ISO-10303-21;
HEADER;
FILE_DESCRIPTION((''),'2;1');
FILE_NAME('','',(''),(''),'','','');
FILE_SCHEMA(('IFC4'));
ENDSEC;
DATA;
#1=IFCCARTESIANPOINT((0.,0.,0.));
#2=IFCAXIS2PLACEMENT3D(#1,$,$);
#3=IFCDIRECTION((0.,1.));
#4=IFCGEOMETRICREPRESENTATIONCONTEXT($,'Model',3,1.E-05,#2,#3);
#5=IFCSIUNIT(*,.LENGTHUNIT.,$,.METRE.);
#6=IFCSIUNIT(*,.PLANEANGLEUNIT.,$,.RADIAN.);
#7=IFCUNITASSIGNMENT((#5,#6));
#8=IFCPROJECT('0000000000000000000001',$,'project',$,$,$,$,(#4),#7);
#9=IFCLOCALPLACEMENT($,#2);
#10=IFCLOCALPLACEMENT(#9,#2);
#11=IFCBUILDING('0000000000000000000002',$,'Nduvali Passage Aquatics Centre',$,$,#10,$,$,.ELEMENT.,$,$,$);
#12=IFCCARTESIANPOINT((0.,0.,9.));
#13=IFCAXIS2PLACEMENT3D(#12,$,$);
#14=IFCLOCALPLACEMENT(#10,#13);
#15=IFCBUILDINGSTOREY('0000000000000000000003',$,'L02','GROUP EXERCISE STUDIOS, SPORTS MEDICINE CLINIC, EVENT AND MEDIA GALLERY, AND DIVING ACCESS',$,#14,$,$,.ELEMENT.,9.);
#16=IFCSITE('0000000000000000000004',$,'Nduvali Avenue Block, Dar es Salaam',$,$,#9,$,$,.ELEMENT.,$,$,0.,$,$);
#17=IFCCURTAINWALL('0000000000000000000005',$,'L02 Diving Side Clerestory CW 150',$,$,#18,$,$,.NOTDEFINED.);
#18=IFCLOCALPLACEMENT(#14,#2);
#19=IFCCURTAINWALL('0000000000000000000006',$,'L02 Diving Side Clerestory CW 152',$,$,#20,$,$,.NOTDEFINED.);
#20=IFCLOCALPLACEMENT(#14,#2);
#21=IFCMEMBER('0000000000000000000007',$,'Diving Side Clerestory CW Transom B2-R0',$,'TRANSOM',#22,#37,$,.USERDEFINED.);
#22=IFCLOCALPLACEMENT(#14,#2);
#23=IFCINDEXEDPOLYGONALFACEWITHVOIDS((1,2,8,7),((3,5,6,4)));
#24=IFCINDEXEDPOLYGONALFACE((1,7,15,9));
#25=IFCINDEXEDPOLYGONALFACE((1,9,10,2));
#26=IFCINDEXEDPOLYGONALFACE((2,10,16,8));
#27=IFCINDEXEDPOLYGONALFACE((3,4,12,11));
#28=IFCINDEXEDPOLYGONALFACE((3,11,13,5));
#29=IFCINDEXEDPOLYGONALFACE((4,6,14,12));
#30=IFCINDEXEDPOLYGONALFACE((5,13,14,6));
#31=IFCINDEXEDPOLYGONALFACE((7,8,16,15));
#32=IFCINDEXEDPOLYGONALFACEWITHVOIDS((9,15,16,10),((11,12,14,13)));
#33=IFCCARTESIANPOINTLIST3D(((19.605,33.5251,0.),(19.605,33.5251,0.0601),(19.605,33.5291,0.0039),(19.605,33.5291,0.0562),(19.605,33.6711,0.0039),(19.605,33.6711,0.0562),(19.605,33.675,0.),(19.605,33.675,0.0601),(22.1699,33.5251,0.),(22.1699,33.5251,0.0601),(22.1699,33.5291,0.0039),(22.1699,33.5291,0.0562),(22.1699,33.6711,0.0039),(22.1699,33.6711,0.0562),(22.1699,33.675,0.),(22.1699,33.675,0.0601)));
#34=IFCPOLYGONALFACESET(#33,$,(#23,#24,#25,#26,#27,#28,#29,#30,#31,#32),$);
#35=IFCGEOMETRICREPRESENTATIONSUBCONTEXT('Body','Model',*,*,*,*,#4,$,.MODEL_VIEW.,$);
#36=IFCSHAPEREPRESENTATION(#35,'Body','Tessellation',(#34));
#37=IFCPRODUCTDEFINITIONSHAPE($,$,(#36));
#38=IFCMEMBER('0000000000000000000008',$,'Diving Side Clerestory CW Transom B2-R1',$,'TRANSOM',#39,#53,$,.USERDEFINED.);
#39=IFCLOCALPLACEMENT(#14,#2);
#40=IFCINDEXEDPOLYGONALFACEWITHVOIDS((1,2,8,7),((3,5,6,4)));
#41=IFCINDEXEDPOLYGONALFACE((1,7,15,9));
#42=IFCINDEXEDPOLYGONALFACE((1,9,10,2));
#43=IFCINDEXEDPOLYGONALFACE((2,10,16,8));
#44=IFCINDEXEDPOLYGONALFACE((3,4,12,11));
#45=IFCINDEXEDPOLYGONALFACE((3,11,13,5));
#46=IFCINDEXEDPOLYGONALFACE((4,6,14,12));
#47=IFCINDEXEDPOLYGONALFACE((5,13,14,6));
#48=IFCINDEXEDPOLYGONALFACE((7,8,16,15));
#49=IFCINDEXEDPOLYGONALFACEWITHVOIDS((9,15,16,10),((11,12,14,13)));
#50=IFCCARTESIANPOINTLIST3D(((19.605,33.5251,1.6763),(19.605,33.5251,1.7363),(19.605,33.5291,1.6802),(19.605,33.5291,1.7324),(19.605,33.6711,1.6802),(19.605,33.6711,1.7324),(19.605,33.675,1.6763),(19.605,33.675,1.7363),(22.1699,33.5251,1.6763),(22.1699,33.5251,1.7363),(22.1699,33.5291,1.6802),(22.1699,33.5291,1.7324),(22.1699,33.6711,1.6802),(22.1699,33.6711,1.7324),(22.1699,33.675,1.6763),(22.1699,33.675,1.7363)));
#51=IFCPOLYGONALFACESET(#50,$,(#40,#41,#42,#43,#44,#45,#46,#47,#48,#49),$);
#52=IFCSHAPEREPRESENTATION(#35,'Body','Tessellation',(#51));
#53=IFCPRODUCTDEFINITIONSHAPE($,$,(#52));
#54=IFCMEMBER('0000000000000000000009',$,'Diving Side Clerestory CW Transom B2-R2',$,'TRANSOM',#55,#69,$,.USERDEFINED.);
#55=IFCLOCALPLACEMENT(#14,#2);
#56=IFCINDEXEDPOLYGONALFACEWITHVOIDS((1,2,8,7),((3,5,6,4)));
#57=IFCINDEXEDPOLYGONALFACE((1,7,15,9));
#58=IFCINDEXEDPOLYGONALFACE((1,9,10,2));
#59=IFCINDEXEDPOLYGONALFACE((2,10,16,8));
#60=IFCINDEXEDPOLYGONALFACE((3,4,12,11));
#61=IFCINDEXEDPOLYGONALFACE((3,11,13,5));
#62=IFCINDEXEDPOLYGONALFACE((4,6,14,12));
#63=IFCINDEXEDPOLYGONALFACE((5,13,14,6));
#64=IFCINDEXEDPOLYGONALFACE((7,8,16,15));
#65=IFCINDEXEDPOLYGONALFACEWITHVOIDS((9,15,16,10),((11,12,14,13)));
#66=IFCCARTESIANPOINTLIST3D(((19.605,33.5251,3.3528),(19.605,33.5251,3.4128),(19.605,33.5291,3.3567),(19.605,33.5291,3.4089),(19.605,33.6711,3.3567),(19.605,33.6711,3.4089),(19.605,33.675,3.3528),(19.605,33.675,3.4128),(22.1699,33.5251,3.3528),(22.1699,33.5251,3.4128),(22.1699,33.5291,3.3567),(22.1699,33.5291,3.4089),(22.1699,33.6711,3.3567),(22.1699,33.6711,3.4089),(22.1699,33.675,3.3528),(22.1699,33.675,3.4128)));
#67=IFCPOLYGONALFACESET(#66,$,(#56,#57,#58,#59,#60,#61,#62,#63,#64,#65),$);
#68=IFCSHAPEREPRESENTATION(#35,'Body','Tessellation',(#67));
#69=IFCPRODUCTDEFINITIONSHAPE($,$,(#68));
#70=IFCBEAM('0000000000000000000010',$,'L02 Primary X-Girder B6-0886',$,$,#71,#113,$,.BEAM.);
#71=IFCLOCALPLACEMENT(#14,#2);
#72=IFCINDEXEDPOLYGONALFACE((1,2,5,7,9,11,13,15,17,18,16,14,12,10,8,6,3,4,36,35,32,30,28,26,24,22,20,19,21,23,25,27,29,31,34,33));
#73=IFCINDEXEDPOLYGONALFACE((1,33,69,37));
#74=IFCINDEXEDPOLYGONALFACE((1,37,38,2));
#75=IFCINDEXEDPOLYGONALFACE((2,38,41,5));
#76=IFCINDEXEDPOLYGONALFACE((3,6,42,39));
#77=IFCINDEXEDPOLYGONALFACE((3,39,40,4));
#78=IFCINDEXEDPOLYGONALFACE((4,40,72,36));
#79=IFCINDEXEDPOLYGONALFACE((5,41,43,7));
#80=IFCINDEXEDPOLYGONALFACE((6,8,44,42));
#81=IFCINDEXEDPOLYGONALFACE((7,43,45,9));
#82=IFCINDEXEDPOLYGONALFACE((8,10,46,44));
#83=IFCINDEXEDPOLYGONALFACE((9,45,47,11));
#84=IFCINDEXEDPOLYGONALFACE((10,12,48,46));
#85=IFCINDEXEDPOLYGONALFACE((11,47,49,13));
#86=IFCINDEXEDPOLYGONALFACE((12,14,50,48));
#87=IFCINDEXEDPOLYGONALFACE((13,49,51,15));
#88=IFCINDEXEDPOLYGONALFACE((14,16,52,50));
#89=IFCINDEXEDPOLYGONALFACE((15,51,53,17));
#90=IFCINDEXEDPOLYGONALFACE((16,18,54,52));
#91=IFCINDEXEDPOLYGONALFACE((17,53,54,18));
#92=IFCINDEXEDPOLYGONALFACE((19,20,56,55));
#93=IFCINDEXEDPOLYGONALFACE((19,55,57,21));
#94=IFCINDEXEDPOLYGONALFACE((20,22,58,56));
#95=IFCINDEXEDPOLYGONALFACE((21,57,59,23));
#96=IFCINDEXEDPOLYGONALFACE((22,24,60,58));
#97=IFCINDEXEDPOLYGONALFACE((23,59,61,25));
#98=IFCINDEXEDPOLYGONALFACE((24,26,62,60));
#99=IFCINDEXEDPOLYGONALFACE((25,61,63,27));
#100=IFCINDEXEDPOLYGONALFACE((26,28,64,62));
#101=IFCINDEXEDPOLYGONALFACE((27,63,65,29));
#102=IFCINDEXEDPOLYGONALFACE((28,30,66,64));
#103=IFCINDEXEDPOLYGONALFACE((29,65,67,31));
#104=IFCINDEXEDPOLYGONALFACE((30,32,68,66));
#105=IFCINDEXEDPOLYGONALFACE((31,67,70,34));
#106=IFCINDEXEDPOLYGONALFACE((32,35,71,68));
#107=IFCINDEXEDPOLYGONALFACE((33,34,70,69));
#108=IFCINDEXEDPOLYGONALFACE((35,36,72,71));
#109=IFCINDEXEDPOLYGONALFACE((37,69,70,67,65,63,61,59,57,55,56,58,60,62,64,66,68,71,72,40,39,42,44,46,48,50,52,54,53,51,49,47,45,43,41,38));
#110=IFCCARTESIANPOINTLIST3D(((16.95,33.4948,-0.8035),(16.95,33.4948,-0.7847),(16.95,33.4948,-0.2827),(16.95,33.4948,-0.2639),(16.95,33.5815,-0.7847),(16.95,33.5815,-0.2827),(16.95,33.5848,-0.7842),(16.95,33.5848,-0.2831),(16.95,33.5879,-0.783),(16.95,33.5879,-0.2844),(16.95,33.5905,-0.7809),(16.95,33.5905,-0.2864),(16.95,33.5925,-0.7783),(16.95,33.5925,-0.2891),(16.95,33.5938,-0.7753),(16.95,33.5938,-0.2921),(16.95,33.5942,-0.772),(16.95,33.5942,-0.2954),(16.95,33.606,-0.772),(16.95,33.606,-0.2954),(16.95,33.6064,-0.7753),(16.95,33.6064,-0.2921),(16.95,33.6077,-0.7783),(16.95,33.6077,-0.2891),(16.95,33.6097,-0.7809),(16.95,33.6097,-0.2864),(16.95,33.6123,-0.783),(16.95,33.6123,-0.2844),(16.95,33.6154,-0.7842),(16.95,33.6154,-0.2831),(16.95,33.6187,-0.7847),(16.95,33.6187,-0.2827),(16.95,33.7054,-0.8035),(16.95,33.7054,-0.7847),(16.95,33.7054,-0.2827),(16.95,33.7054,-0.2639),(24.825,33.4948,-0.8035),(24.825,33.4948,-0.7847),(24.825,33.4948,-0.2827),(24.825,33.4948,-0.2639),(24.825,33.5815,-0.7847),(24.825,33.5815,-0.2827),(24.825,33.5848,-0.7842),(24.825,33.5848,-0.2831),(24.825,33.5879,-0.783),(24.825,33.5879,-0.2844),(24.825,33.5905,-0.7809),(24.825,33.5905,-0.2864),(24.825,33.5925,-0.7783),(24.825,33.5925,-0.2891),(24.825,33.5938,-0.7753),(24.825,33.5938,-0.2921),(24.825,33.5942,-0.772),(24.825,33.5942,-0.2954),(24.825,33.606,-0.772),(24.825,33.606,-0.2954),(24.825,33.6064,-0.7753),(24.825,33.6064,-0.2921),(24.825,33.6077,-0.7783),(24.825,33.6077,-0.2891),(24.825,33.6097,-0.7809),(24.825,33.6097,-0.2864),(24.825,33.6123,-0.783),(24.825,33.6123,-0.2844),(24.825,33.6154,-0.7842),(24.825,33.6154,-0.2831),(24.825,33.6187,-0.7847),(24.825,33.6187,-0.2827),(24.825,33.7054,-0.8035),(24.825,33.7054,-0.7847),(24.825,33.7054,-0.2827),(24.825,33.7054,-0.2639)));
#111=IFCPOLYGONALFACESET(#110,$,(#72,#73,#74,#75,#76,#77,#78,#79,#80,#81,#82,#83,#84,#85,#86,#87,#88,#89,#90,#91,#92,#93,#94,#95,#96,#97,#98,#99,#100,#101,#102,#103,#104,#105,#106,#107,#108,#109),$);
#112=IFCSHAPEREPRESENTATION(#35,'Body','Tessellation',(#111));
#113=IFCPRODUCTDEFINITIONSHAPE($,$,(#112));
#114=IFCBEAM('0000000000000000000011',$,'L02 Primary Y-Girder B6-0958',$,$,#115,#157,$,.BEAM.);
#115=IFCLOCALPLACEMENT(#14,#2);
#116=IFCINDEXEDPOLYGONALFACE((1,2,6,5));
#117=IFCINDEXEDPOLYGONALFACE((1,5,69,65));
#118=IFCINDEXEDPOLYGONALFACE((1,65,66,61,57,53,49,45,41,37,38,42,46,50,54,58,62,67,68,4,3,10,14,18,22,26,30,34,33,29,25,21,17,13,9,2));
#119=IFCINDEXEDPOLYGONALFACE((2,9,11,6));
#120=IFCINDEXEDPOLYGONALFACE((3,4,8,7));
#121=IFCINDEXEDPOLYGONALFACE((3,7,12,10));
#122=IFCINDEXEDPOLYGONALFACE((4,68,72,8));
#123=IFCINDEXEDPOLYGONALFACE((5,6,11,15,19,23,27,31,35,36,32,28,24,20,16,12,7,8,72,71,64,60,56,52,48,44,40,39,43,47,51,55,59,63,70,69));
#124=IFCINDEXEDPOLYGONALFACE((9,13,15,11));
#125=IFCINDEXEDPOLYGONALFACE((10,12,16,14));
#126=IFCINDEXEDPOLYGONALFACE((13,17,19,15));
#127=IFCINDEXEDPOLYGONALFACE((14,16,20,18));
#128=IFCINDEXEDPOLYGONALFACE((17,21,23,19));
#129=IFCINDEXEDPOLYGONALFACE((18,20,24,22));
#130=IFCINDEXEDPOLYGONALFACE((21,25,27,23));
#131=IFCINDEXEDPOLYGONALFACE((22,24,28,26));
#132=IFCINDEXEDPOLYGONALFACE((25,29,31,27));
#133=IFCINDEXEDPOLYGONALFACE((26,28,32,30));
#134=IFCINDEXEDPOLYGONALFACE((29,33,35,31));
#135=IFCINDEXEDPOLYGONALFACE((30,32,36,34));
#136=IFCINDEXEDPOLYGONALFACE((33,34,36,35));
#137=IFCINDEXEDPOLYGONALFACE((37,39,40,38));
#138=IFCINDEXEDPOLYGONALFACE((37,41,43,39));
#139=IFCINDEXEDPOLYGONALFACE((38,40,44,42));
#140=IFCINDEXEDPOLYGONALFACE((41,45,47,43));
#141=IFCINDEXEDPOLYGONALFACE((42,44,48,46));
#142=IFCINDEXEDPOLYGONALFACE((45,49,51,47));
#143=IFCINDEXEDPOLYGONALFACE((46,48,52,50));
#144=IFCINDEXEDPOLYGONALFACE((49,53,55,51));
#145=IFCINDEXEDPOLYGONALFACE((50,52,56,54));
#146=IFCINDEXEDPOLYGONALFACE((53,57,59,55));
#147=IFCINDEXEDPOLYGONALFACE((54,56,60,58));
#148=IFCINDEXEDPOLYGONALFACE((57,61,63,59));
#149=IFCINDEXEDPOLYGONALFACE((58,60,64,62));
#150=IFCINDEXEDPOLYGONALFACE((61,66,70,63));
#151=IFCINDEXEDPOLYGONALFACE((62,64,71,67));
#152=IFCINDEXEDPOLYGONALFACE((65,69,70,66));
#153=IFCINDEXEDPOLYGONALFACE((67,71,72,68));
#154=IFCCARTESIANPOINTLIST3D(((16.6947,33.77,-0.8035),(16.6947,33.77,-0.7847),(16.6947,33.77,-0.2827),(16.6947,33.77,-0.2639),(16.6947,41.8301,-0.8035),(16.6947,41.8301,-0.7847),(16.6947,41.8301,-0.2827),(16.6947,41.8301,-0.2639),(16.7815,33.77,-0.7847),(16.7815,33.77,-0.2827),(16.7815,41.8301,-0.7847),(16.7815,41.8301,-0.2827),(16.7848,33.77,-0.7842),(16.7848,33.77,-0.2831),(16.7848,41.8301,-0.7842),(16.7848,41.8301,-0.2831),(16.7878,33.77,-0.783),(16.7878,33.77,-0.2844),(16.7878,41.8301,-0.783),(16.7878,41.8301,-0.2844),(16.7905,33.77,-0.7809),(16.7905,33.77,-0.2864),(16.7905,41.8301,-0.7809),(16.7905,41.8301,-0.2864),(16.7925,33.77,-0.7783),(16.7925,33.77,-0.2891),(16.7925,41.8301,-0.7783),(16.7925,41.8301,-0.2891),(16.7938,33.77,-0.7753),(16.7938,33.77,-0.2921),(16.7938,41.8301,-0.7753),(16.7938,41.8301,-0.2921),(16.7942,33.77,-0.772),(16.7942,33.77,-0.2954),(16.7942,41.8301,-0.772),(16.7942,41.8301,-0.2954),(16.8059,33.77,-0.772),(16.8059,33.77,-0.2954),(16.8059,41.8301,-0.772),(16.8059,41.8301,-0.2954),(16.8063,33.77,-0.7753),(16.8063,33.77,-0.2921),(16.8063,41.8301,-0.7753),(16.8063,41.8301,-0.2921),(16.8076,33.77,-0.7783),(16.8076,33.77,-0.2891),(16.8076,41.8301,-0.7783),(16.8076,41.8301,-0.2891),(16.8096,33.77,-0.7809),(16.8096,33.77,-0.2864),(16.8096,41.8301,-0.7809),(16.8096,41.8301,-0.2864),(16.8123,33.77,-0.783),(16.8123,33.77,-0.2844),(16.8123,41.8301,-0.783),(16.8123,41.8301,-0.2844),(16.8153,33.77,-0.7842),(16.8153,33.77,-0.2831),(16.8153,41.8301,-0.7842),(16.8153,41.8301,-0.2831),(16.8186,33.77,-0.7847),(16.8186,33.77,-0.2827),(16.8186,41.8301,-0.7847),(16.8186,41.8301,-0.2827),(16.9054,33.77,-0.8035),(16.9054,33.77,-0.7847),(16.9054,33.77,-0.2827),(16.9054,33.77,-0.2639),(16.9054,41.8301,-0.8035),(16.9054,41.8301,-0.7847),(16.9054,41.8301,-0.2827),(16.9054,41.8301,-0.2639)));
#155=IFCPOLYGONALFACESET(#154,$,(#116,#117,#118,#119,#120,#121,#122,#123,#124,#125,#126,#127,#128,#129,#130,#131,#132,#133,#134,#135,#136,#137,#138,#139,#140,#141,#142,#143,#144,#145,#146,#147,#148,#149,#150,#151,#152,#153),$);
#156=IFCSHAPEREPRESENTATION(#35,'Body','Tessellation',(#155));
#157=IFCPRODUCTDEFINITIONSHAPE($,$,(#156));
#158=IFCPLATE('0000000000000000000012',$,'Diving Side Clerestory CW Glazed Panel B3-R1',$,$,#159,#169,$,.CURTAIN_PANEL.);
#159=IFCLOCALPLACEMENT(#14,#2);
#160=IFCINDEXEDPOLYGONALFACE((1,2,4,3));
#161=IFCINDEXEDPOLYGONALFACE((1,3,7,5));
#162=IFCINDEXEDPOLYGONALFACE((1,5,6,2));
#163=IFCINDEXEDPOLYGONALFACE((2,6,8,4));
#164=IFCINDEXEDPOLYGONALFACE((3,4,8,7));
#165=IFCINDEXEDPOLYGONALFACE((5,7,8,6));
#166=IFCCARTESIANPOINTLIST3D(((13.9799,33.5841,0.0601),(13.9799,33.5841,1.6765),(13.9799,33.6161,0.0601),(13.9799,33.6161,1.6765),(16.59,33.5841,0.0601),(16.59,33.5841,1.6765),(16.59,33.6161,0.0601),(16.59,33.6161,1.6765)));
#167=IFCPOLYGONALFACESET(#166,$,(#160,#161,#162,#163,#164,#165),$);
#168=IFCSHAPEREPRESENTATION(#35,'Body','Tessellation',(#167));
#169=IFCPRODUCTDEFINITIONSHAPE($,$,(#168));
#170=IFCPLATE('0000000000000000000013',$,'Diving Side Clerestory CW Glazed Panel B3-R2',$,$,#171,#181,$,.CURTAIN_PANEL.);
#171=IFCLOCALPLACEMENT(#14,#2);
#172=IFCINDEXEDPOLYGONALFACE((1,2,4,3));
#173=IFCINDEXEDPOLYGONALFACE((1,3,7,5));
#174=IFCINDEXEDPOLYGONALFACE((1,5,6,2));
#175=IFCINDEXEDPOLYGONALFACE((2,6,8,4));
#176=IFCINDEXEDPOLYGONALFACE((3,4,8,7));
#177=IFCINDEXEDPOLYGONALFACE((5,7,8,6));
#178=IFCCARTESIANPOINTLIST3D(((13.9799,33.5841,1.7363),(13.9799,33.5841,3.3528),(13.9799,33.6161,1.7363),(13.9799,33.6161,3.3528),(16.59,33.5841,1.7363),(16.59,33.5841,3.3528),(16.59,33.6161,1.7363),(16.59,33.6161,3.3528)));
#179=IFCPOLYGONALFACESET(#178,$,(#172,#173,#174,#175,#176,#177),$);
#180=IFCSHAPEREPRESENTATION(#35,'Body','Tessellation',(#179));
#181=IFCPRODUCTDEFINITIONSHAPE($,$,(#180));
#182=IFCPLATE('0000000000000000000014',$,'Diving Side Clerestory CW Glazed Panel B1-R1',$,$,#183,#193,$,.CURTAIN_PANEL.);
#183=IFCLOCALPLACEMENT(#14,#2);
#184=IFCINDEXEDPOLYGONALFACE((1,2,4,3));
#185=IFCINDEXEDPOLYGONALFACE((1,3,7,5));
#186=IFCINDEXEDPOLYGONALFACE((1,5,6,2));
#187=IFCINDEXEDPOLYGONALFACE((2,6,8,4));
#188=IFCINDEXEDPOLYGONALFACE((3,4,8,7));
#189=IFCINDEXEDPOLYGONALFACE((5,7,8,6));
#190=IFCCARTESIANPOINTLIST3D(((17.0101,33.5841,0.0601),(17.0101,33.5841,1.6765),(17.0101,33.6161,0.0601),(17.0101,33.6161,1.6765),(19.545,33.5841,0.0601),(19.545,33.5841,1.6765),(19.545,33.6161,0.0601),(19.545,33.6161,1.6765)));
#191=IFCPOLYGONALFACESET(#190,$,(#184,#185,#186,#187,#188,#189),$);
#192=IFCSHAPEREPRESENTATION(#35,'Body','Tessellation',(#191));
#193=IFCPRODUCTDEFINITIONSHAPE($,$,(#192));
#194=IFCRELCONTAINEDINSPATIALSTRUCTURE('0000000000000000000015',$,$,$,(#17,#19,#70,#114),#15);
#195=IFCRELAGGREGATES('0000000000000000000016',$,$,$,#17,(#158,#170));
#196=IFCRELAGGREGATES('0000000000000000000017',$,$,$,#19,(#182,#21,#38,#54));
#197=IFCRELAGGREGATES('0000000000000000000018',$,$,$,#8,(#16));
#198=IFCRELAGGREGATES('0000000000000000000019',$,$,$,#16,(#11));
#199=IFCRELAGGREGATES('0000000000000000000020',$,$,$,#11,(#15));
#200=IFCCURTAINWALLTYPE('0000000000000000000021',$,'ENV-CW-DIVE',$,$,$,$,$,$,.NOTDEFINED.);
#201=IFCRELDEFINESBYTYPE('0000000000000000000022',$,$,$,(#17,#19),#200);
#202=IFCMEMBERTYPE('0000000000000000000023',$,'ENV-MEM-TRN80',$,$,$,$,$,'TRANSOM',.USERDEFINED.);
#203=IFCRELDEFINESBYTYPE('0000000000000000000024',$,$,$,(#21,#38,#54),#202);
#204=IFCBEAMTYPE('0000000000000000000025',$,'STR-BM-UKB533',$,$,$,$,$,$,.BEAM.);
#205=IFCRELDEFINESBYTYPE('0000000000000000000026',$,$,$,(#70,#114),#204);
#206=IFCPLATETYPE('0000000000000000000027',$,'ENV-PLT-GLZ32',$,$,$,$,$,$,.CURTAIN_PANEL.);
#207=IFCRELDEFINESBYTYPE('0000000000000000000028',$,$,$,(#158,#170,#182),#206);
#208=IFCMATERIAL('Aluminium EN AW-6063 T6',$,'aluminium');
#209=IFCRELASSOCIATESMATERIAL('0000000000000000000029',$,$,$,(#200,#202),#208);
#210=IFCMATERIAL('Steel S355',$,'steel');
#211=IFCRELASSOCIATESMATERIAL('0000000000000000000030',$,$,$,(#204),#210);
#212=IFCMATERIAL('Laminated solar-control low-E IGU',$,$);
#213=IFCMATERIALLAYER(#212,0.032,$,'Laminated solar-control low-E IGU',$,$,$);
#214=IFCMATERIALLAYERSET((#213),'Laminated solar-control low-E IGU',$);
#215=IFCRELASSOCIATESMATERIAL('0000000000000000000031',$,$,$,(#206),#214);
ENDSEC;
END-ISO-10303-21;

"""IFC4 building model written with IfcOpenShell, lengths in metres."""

from ifc_helpers import new_model, si_unit, direction, frame, origin, origin_2d, place, context, subcontext, project, spatial, rectangle, hollow_rectangle, i_section, extrude, material, layer, layer_set, material_profile, profile_set, type_object, element, aggregate, save


model = new_model("IFC4")

# Units and contexts
model_context = context("Model", 3, precision=1e-05, world=origin(), true_north=direction((0.0, 1.0)))
body_context = subcontext(model_context, "Body", "Model", "MODEL_VIEW")
ifc_project = project(units=[si_unit("LENGTHUNIT", "METRE"), si_unit("PLANEANGLEUNIT", "RADIAN")], contexts=[model_context])

# Site, building, storey
site_placement = place(None, origin())
site = spatial("IfcSite", under=ifc_project, at=site_placement, Name="Nduvali Avenue Block, Dar es Salaam", CompositionType="ELEMENT", RefElevation=0.0)
building_placement = place(site_placement, origin())
building = spatial("IfcBuilding", under=site, at=building_placement, Name="Nduvali Passage Aquatics Centre", CompositionType="ELEMENT")
storey_placement = place(building_placement, frame((0.0, 0.0, 9.0)))
storey = spatial("IfcBuildingStorey", under=building, at=storey_placement, Name="L02", Description="GROUP EXERCISE STUDIOS, SPORTS MEDICINE CLINIC, EVENT AND MEDIA GALLERY, AND DIVING ACCESS", CompositionType="ELEMENT", Elevation=9.0)

# Shared definitions
ifc_material_1 = material(Name="Steel S355", Category="steel")

# Curtain wall
ifc_material_2 = material(Name="Aluminium EN AW-6063 T6", Category="aluminium")
curtain_wall_type = type_object("IfcCurtainWallType", Name="ENV-CW-DIVE", PredefinedType="NOTDEFINED", material=ifc_material_2)
curtain_wall_1_placement = place(storey_placement, origin())
curtain_wall_1 = element("IfcCurtainWall", 1, at=curtain_wall_1_placement, inside=storey, type_object=curtain_wall_type, Name="L02 Diving Side Clerestory CW 150", PredefinedType="NOTDEFINED")

# Curtain wall
curtain_wall_2_placement = place(storey_placement, origin())
curtain_wall_2 = element("IfcCurtainWall", 2, at=curtain_wall_2_placement, inside=storey, type_object=curtain_wall_type, Name="L02 Diving Side Clerestory CW 152", PredefinedType="NOTDEFINED")

# Members
ifc_material_profile_1 = material_profile(ifc_material_2, hollow_rectangle(XDim=0.1499, YDim=0.0601, WallThickness=0.0039, at=origin_2d()), Name="ALU TRANSOM 150x60x4")
ifc_profile_set_1 = profile_set([ifc_material_profile_1], Name="Aluminium EN AW-6063 T6")
member_type_1 = type_object("IfcMemberType", Name="ENV-MEM-TRN80", ElementType="TRANSOM", PredefinedType="USERDEFINED", material=ifc_profile_set_1)
member_1_placement = place(storey_placement, frame((19.605, 33.6001, 0.03), z_axis=(1.0, 0.0, 0.0), x_axis=(0.0, 1.0, 0.0)))
member_1 = element("IfcMember", 3, at=member_1_placement, type_object=member_type_1, Name="Diving Side Clerestory CW Transom B2-R0", ObjectType="TRANSOM", PredefinedType="USERDEFINED", context=body_context, shape_type="SweptSolid", body=[
    extrude(hollow_rectangle(XDim=0.1499, YDim=0.0601, WallThickness=0.0039, at=origin_2d()), origin(), (0.0, 0.0, 1.0), 2.5649),
])
member_2_placement = place(storey_placement, frame((19.605, 33.6001, 1.7063), z_axis=(1.0, 0.0, 0.0), x_axis=(0.0, 1.0, 0.0)))
member_2 = element("IfcMember", 4, at=member_2_placement, type_object=member_type_1, Name="Diving Side Clerestory CW Transom B2-R1", ObjectType="TRANSOM", PredefinedType="USERDEFINED", context=body_context, shape_type="SweptSolid", body=[
    extrude(hollow_rectangle(XDim=0.1499, YDim=0.0601, WallThickness=0.0039, at=origin_2d()), origin(), (0.0, 0.0, 1.0), 2.5649),
])
member_3_placement = place(storey_placement, frame((19.605, 33.6001, 3.3828), z_axis=(1.0, 0.0, 0.0), x_axis=(0.0, 1.0, 0.0)))
member_3 = element("IfcMember", 5, at=member_3_placement, type_object=member_type_1, Name="Diving Side Clerestory CW Transom B2-R2", ObjectType="TRANSOM", PredefinedType="USERDEFINED", context=body_context, shape_type="SweptSolid", body=[
    extrude(hollow_rectangle(XDim=0.1499, YDim=0.0601, WallThickness=0.0039, at=origin_2d()), origin(), (0.0, 0.0, 1.0), 2.5649),
])

# Beams
ifc_material_profile_2 = material_profile(ifc_material_1, i_section(OverallWidth=0.2107, OverallDepth=0.5396, WebThickness=0.0117, FlangeThickness=0.0188, FilletRadius=0.0127, at=origin_2d()), Name="UKB 533x210x109")
ifc_profile_set_2 = profile_set([ifc_material_profile_2], Name="Steel S355")
beam_type = type_object("IfcBeamType", Name="STR-BM-UKB533", PredefinedType="BEAM", material=ifc_profile_set_2)
beam_1_placement = place(storey_placement, frame((16.95, 33.6001, -0.5337), z_axis=(1.0, 0.0, 0.0), x_axis=(0.0, 1.0, 0.0)))
element("IfcBeam", 6, at=beam_1_placement, inside=storey, type_object=beam_type, Name="L02 Primary X-Girder B6-0886", PredefinedType="BEAM", context=body_context, shape_type="SweptSolid", body=[
    extrude(i_section(OverallWidth=0.2107, OverallDepth=0.5396, WebThickness=0.0117, FlangeThickness=0.0188, FilletRadius=0.0127, at=origin_2d()), origin(), (0.0, 0.0, 1.0), 7.875),
])
beam_2_placement = place(storey_placement, frame((16.8, 33.77, -0.5337), z_axis=(0.0, 1.0, 0.0), x_axis=(-1.0, 0.0, 0.0)))
element("IfcBeam", 7, at=beam_2_placement, inside=storey, type_object=beam_type, Name="L02 Primary Y-Girder B6-0958", PredefinedType="BEAM", context=body_context, shape_type="SweptSolid", body=[
    extrude(i_section(OverallWidth=0.2107, OverallDepth=0.5396, WebThickness=0.0117, FlangeThickness=0.0188, FilletRadius=0.0127, at=origin_2d()), origin(), (0.0, 0.0, 1.0), 8.0601),
])

# Plates
ifc_material_3 = material(Name="Laminated solar-control low-E IGU")
ifc_layer_1 = layer(ifc_material_3, 0.032, Name="Laminated solar-control low-E IGU")
ifc_layer_set_1 = layer_set([ifc_layer_1], Name="Laminated solar-control low-E IGU")
plate_type = type_object("IfcPlateType", Name="ENV-PLT-GLZ32", PredefinedType="CURTAIN_PANEL", material=ifc_layer_set_1)
plate_1_placement = place(storey_placement, frame((15.2849, 33.6001, 0.0601), z_axis=(0.0, 0.0, 1.0), x_axis=(1.0, 0.0, 0.0)))
plate_1 = element("IfcPlate", 8, at=plate_1_placement, type_object=plate_type, Name="Diving Side Clerestory CW Glazed Panel B3-R1", PredefinedType="CURTAIN_PANEL", context=body_context, shape_type="SweptSolid", body=[
    extrude(rectangle(XDim=2.6101, YDim=0.032, at=origin_2d()), origin(), (0.0, 0.0, 1.0), 1.6165),
])
plate_2_placement = place(storey_placement, frame((15.2849, 33.6001, 1.7363), z_axis=(0.0, 0.0, 1.0), x_axis=(1.0, 0.0, 0.0)))
plate_2 = element("IfcPlate", 9, at=plate_2_placement, type_object=plate_type, Name="Diving Side Clerestory CW Glazed Panel B3-R2", PredefinedType="CURTAIN_PANEL", context=body_context, shape_type="SweptSolid", body=[
    extrude(rectangle(XDim=2.6101, YDim=0.032, at=origin_2d()), origin(), (0.0, 0.0, 1.0), 1.6165),
])
aggregate(curtain_wall_1, [plate_1, plate_2])
plate_3_placement = place(storey_placement, frame((18.2776, 33.6001, 0.0601), z_axis=(0.0, 0.0, 1.0), x_axis=(1.0, 0.0, 0.0)))
plate_3 = element("IfcPlate", 10, at=plate_3_placement, type_object=plate_type, Name="Diving Side Clerestory CW Glazed Panel B1-R1", PredefinedType="CURTAIN_PANEL", context=body_context, shape_type="SweptSolid", body=[
    extrude(rectangle(XDim=2.5349, YDim=0.032, at=origin_2d()), origin(), (0.0, 0.0, 1.0), 1.6165),
])
aggregate(curtain_wall_2, [plate_3, member_1, member_2, member_3])

save(model, "model.ifc")
